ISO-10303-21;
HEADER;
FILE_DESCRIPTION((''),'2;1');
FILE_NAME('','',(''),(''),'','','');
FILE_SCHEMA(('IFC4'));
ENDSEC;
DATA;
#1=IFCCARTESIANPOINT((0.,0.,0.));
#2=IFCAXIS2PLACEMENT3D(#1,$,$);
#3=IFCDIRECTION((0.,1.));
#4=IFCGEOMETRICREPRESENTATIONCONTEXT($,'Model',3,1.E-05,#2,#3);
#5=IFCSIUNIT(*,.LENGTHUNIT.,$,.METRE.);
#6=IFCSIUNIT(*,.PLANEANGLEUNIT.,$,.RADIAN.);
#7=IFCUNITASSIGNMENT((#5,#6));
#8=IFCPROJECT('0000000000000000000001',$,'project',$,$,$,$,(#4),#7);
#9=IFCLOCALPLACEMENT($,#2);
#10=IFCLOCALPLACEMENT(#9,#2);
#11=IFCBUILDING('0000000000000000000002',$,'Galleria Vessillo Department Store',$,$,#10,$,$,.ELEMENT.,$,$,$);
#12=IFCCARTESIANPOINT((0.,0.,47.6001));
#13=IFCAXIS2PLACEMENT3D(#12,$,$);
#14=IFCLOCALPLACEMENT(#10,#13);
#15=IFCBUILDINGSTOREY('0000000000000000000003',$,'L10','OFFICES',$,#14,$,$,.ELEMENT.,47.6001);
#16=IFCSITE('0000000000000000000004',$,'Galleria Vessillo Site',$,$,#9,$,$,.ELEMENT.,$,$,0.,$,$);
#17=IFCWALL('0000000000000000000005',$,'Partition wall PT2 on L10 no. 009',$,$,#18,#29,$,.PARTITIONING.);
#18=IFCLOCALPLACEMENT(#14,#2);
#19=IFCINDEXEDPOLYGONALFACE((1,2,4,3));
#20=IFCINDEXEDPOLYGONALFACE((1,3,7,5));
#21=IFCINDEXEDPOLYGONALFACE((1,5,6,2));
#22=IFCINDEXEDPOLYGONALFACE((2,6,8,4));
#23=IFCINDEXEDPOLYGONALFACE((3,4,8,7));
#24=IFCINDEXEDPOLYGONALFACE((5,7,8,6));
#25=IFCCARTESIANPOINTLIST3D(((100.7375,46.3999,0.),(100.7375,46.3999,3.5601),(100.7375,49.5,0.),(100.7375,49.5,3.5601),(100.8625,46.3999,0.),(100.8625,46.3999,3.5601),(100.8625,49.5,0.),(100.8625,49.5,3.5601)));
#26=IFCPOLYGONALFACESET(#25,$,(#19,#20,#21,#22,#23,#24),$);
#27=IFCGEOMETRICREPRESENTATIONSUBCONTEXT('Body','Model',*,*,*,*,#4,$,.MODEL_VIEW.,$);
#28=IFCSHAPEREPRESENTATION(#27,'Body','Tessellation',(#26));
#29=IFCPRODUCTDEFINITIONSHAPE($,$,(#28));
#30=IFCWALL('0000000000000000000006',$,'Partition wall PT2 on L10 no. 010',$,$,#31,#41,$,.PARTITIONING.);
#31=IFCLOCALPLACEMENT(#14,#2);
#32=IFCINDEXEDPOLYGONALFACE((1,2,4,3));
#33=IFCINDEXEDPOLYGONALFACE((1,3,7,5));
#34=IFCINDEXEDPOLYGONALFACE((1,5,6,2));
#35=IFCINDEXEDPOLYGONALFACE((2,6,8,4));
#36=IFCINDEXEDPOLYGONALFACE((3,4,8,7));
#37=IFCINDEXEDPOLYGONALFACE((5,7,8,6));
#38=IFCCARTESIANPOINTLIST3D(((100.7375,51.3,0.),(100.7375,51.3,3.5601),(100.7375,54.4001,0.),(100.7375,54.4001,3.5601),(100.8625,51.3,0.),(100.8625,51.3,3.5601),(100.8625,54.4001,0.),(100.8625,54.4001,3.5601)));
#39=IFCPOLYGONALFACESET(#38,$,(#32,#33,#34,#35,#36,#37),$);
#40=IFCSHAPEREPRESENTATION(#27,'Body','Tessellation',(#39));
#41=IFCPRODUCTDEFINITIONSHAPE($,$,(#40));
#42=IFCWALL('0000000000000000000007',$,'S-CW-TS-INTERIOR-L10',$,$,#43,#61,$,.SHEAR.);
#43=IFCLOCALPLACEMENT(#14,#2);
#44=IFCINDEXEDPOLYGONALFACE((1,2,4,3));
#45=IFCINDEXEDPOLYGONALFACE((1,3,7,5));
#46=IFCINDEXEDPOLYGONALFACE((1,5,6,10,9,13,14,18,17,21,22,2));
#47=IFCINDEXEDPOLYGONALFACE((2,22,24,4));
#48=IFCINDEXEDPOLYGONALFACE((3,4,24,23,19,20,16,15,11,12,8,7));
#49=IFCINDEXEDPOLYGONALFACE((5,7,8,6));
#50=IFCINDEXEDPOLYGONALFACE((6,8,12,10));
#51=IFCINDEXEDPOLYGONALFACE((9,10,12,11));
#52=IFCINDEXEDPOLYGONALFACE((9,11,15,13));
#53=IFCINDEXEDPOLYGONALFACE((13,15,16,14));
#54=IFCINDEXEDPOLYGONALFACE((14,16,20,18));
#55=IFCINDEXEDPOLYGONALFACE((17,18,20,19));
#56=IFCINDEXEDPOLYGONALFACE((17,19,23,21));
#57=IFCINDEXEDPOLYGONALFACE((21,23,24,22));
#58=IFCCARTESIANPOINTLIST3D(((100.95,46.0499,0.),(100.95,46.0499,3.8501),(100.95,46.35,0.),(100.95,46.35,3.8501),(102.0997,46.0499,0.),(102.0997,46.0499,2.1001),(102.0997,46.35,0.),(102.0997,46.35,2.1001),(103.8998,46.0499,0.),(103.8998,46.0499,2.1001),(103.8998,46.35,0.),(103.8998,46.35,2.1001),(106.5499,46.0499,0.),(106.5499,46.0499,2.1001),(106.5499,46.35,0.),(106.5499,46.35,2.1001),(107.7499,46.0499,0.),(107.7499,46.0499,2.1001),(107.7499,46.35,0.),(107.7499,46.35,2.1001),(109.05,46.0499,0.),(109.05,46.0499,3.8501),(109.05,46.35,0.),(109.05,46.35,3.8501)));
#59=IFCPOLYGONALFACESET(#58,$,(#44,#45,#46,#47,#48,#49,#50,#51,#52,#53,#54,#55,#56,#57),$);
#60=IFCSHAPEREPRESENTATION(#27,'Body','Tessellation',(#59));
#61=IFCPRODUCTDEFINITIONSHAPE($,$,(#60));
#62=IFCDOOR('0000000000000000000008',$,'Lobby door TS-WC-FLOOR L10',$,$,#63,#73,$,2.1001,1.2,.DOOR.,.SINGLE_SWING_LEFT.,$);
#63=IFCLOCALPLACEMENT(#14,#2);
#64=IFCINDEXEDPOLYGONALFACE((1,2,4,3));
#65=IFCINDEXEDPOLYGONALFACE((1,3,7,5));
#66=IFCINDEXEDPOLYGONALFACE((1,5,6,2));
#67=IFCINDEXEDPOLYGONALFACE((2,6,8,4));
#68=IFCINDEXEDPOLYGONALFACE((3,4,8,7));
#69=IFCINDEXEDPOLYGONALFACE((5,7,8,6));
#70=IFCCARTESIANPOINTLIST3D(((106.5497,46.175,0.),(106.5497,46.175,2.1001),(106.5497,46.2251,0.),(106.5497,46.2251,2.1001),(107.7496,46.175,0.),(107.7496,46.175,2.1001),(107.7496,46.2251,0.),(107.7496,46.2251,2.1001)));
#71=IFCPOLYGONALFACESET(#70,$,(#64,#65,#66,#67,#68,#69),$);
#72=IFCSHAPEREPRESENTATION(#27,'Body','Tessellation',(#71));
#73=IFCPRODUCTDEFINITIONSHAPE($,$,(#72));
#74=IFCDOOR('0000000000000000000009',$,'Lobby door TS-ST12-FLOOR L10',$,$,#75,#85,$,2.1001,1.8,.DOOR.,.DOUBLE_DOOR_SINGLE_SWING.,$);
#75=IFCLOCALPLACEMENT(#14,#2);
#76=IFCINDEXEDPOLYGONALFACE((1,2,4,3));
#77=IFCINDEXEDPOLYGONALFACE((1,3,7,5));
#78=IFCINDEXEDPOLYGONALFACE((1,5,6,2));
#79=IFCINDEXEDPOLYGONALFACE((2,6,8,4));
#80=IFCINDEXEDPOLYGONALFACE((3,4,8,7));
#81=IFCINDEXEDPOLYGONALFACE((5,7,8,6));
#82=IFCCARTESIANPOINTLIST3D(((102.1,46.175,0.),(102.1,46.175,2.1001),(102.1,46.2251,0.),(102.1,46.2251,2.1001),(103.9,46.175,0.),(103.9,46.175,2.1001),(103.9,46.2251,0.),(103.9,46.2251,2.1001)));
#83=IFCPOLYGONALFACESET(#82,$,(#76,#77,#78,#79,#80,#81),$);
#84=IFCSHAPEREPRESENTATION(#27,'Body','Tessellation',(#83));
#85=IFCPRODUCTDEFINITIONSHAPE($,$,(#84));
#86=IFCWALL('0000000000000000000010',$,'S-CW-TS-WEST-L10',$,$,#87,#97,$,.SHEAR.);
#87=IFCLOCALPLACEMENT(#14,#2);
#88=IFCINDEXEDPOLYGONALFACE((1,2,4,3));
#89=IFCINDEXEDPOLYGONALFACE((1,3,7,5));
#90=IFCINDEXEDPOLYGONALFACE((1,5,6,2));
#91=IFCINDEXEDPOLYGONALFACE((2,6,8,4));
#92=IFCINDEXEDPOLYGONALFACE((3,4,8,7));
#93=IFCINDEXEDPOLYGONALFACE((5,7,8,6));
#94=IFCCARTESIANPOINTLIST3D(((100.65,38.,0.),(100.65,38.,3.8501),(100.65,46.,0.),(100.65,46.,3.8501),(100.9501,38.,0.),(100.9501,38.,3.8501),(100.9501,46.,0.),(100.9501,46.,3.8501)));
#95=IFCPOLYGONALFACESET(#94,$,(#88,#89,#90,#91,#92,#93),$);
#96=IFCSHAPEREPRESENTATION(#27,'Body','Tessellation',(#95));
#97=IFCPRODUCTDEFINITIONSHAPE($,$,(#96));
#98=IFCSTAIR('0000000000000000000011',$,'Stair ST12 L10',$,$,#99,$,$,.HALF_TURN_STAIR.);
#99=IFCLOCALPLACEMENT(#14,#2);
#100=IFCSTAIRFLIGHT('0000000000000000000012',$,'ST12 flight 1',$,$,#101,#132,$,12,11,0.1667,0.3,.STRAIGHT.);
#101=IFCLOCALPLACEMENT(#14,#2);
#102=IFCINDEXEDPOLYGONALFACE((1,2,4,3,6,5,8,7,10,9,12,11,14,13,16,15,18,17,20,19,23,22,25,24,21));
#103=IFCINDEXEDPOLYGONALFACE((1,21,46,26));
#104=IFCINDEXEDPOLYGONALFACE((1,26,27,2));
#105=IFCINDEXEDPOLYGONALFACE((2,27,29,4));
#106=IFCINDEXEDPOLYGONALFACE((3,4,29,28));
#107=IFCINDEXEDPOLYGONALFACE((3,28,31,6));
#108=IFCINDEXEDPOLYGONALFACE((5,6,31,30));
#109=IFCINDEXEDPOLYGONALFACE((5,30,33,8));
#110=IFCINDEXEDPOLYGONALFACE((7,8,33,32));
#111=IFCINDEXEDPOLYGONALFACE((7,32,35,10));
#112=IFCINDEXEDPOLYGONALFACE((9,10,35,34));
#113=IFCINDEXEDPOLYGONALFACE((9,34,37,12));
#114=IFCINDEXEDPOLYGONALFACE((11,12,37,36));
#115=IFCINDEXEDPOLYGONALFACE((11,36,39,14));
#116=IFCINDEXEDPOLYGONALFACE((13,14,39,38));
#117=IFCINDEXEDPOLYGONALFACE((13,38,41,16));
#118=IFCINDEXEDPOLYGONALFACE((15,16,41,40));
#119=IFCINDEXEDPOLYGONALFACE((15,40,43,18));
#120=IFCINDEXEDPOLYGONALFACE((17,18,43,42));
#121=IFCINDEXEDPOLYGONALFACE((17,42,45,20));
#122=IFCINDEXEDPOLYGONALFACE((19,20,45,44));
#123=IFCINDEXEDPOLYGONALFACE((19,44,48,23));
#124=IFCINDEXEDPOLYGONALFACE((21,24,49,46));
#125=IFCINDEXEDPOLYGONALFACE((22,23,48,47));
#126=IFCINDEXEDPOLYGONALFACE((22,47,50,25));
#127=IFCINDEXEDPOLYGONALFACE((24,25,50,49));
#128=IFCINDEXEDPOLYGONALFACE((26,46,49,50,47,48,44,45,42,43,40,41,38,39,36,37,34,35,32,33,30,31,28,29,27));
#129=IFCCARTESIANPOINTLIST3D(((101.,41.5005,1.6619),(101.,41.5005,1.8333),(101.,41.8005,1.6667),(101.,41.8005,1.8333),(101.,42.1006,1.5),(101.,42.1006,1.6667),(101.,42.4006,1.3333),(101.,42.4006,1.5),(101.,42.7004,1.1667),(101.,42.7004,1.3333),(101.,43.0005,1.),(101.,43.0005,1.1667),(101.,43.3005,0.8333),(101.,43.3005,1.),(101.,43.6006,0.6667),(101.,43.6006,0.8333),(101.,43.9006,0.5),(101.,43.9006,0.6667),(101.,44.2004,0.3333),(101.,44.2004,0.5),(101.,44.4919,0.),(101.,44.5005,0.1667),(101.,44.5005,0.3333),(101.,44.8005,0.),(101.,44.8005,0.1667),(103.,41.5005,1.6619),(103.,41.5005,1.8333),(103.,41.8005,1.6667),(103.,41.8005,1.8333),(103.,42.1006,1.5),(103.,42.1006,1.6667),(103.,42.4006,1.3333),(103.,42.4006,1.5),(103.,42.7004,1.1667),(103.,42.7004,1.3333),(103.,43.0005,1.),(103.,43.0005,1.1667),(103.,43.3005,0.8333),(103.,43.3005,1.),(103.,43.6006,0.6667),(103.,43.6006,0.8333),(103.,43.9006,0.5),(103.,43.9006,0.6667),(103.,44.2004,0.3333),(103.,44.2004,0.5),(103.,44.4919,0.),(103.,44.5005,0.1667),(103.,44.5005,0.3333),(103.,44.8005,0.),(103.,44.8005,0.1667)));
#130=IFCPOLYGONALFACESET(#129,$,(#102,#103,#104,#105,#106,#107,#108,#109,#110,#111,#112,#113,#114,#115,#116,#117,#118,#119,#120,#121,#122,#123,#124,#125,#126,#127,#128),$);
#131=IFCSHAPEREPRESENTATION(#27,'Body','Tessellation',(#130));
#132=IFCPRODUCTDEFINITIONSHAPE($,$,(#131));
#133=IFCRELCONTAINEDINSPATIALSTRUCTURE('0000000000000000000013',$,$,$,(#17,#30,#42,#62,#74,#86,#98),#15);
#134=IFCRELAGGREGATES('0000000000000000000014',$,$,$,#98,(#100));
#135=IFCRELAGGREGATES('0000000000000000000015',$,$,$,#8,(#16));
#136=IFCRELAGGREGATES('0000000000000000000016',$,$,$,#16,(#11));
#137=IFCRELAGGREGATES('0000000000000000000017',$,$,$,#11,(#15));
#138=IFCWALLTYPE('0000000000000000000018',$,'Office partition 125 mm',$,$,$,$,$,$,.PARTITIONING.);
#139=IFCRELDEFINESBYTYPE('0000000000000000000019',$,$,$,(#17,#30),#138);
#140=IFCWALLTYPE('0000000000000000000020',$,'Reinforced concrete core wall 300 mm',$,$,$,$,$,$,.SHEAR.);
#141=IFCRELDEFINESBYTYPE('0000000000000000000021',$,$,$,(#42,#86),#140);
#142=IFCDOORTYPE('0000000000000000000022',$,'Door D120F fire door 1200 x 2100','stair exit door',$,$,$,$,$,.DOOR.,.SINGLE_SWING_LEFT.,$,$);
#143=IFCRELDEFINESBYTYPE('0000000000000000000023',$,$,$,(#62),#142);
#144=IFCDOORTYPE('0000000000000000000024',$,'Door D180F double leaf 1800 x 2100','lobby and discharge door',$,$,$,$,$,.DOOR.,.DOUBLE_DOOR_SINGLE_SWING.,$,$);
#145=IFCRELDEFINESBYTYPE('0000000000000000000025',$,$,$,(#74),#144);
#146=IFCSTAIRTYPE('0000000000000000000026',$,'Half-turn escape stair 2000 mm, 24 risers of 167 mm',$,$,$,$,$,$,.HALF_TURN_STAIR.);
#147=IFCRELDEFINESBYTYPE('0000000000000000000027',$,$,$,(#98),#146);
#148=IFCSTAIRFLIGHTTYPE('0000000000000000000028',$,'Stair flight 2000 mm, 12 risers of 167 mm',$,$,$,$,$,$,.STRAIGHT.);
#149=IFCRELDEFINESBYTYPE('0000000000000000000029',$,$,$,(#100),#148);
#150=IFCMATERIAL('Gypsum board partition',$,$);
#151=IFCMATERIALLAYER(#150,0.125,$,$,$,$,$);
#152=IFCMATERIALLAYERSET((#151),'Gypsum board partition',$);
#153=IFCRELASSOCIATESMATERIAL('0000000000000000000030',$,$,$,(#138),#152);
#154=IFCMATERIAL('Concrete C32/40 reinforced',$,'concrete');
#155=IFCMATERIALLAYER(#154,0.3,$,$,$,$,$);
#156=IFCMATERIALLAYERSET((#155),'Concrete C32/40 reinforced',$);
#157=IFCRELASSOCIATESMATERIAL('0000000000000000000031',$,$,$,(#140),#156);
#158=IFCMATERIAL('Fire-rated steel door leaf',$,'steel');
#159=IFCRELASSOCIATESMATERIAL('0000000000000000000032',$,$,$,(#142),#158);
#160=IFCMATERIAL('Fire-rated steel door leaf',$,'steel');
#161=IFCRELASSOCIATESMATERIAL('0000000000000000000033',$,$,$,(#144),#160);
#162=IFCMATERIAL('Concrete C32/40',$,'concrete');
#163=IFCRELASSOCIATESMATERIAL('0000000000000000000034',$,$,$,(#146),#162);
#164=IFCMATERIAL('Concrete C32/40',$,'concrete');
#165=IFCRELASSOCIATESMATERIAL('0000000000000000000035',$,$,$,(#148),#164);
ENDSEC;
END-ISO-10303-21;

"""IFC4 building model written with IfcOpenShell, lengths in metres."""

from ifc_helpers import new_model, si_unit, direction, frame, frame_2d, origin, place, context, subcontext, project, spatial, polyline, rectangle, outline, extrude, material, layer, layer_set, type_object, element, fill, aggregate, save


model = new_model("IFC4")

# Units and contexts
model_context = context("Model", 3, precision=1e-05, world=origin(), true_north=direction((0.0, 1.0)))
body_context = subcontext(model_context, "Body", "Model", "MODEL_VIEW")
ifc_project = project(units=[si_unit("LENGTHUNIT", "METRE"), si_unit("PLANEANGLEUNIT", "RADIAN")], contexts=[model_context])

# Site, building, storey
site_placement = place(None, origin())
site = spatial("IfcSite", under=ifc_project, at=site_placement, Name="Galleria Vessillo Site", CompositionType="ELEMENT", RefElevation=0.0)
building_placement = place(site_placement, origin())
building = spatial("IfcBuilding", under=site, at=building_placement, Name="Galleria Vessillo Department Store", CompositionType="ELEMENT")
storey_placement = place(building_placement, frame((0.0, 0.0, 47.6001)))
storey = spatial("IfcBuildingStorey", under=building, at=storey_placement, Name="L10", Description="OFFICES", CompositionType="ELEMENT", Elevation=47.6001)

# Shared definitions
ifc_material_1 = material(Name="Gypsum board partition")
ifc_layer_1 = layer(ifc_material_1, 0.125)
ifc_layer_set_1 = layer_set([ifc_layer_1], Name="Gypsum board partition")
wall_type_1 = type_object("IfcWallType", Name="Office partition 125 mm", PredefinedType="PARTITIONING", material=ifc_layer_set_1)

# Walls
for number, where, z_axis, x_axis, name in (
    (1, (100.8, 46.3999, 0.0), (0.0, 0.0, 1.0), (0.0, 1.0, 0.0), "Partition wall PT2 on L10 no. 009"),
    (2, (100.8, 51.3, 0.0), (0.0, 0.0, 1.0), (0.0, 1.0, 0.0), "Partition wall PT2 on L10 no. 010"),
):
    element("IfcWall", number, at=place(storey_placement, frame(where, z_axis=z_axis, x_axis=x_axis)), inside=storey, type_object=wall_type_1, Name=name, PredefinedType="PARTITIONING", context=body_context, shape_type="SweptSolid", body=[
        extrude(rectangle(XDim=3.1001, YDim=0.125, at=frame_2d((1.55, 0.0))), origin(), (0.0, 0.0, 1.0), 3.5601),
    ])

# Wall, openings, doors
ifc_material_2 = material(Name="Concrete C32/40 reinforced", Category="concrete")
ifc_layer_2 = layer(ifc_material_2, 0.3)
ifc_layer_set_2 = layer_set([ifc_layer_2], Name="Concrete C32/40 reinforced")
wall_type_2 = type_object("IfcWallType", Name="Reinforced concrete core wall 300 mm", PredefinedType="SHEAR", material=ifc_layer_set_2)
wall_1_placement = place(storey_placement, frame((100.95, 46.2, 0.0), z_axis=(0.0, 0.0, 1.0), x_axis=(1.0, 0.0, 0.0)))
wall_1 = element("IfcWall", 3, at=wall_1_placement, inside=storey, type_object=wall_type_2, Name="S-CW-TS-INTERIOR-L10", PredefinedType="SHEAR", context=body_context, shape_type="SweptSolid", body=[
    extrude(rectangle(XDim=8.1001, YDim=0.3, at=frame_2d((4.05, 0.0))), origin(), (0.0, 0.0, 1.0), 3.8501),
])
opening_1_placement = place(wall_1_placement, frame((1.1499, 0.0, 0.0)))
opening_1 = element("IfcOpeningElement", 4, at=opening_1_placement, cuts=wall_1, PredefinedType="OPENING", context=body_context, shape_type="SweptSolid", body=[
    extrude(rectangle(XDim=1.8, YDim=2.1001, at=frame_2d((0.8999, 1.05))), frame((0.0, 0.1602, 0.0), z_axis=(0.0, -1.0, 0.0), x_axis=(1.0, 0.0, 0.0)), (0.0, 0.0, 1.0), 0.3201),
])
opening_2_placement = place(wall_1_placement, frame((5.5999, 0.0, 0.0)))
opening_2 = element("IfcOpeningElement", 5, at=opening_2_placement, cuts=wall_1, PredefinedType="OPENING", context=body_context, shape_type="SweptSolid", body=[
    extrude(rectangle(XDim=1.2, YDim=2.1001, at=frame_2d((0.6001, 1.05))), frame((0.0, 0.1602, 0.0), z_axis=(0.0, -1.0, 0.0), x_axis=(1.0, 0.0, 0.0)), (0.0, 0.0, 1.0), 0.3201),
])
ifc_material_3 = material(Name="Fire-rated steel door leaf", Category="steel")
door_type_1 = type_object("IfcDoorType", Name="Door D120F fire door 1200 x 2100", Description="stair exit door", OperationType="SINGLE_SWING_LEFT", PredefinedType="DOOR", material=ifc_material_3)
door_1_placement = place(opening_2_placement, frame((1.2, 0.0, 0.0), z_axis=(0.0, 0.0, 1.0), x_axis=(-1.0, 0.0, 0.0)))
door_1 = element("IfcDoor", 6, at=door_1_placement, inside=storey, type_object=door_type_1, Name="Lobby door TS-WC-FLOOR L10", OperationType="SINGLE_SWING_LEFT", OverallHeight=2.1001, OverallWidth=1.2, PredefinedType="DOOR", context=body_context, shape_type="SweptSolid", body=[
    extrude(rectangle(XDim=1.2, YDim=2.1001, at=frame_2d((0.6001, 1.05))), frame((0.0, 0.0249, 0.0), z_axis=(0.0, -1.0, 0.0), x_axis=(1.0, 0.0, 0.0)), (0.0, 0.0, 1.0), 0.05),
])
fill(opening_2, door_1)
ifc_material_4 = material(Name="Fire-rated steel door leaf", Category="steel")
door_type_2 = type_object("IfcDoorType", Name="Door D180F double leaf 1800 x 2100", Description="lobby and discharge door", OperationType="DOUBLE_DOOR_SINGLE_SWING", PredefinedType="DOOR", material=ifc_material_4)
door_2_placement = place(opening_1_placement, frame((1.8, 0.0, 0.0), z_axis=(0.0, 0.0, 1.0), x_axis=(-1.0, 0.0, 0.0)))
door_2 = element("IfcDoor", 7, at=door_2_placement, inside=storey, type_object=door_type_2, Name="Lobby door TS-ST12-FLOOR L10", OperationType="DOUBLE_DOOR_SINGLE_SWING", OverallHeight=2.1001, OverallWidth=1.8, PredefinedType="DOOR", context=body_context, shape_type="SweptSolid", body=[
    extrude(rectangle(XDim=1.8, YDim=2.1001, at=frame_2d((0.8999, 1.05))), frame((0.0, 0.0249, 0.0), z_axis=(0.0, -1.0, 0.0), x_axis=(1.0, 0.0, 0.0)), (0.0, 0.0, 1.0), 0.05),
])
fill(opening_1, door_2)

# Wall
wall_2_placement = place(storey_placement, frame((100.8, 38.0, 0.0), z_axis=(0.0, 0.0, 1.0), x_axis=(0.0, 1.0, 0.0)))
element("IfcWall", 8, at=wall_2_placement, inside=storey, type_object=wall_type_2, Name="S-CW-TS-WEST-L10", PredefinedType="SHEAR", context=body_context, shape_type="SweptSolid", body=[
    extrude(rectangle(XDim=8.0, YDim=0.3, at=frame_2d((4.0, 0.0))), origin(), (0.0, 0.0, 1.0), 3.8501),
])

# Stair, stair flight
ifc_material_5 = material(Name="Concrete C32/40", Category="concrete")
stair_type = type_object("IfcStairType", Name="Half-turn escape stair 2000 mm, 24 risers of 167 mm", PredefinedType="HALF_TURN_STAIR", material=ifc_material_5)
stair_placement = place(storey_placement, origin())
stair = element("IfcStair", 9, at=stair_placement, inside=storey, type_object=stair_type, Name="Stair ST12 L10", PredefinedType="HALF_TURN_STAIR")
ifc_material_6 = material(Name="Concrete C32/40", Category="concrete")
stair_flight_type = type_object("IfcStairFlightType", Name="Stair flight 2000 mm, 12 risers of 167 mm", PredefinedType="STRAIGHT", material=ifc_material_6)
stair_flight_placement = place(storey_placement, frame((102.0, 44.8005, 0.0), z_axis=(0.0, 0.0, 1.0), x_axis=(0.0, -1.0, 0.0)))
stair_flight = element("IfcStairFlight", 10, at=stair_flight_placement, type_object=stair_flight_type, Name="ST12 flight 1", NumberOfRisers=12, NumberOfTreads=11, PredefinedType="STRAIGHT", RiserHeight=0.1667, TreadLength=0.3, context=body_context, shape_type="SweptSolid", body=[
    extrude(outline(polyline([(0.0, 0.0), (0.0, 0.1667), (0.3, 0.1667), (0.3, 0.3333), (0.6001, 0.3333), (0.6001, 0.5), (0.8999, 0.5), (0.8999, 0.6667), (1.2, 0.6667), (1.2, 0.8333), (1.5, 0.8333), (1.5, 1.0), (1.8, 1.0), (1.8, 1.1667), (2.1001, 1.1667), (2.1001, 1.3333), (2.3999, 1.3333), (2.3999, 1.5), (2.7, 1.5), (2.7, 1.6667), (3.0, 1.6667), (3.0, 1.8333), (3.3, 1.8333), (3.3, 2.0), (3.3, 1.6619), (0.3086, 0.0), (0.0, 0.0)])), frame((0.0, 1.0, 0.0), z_axis=(0.0, -1.0, 0.0), x_axis=(1.0, 0.0, 0.0)), (0.0, 0.0, 1.0), 2.0),
])
aggregate(stair, [stair_flight])

save(model, "model.ifc")
